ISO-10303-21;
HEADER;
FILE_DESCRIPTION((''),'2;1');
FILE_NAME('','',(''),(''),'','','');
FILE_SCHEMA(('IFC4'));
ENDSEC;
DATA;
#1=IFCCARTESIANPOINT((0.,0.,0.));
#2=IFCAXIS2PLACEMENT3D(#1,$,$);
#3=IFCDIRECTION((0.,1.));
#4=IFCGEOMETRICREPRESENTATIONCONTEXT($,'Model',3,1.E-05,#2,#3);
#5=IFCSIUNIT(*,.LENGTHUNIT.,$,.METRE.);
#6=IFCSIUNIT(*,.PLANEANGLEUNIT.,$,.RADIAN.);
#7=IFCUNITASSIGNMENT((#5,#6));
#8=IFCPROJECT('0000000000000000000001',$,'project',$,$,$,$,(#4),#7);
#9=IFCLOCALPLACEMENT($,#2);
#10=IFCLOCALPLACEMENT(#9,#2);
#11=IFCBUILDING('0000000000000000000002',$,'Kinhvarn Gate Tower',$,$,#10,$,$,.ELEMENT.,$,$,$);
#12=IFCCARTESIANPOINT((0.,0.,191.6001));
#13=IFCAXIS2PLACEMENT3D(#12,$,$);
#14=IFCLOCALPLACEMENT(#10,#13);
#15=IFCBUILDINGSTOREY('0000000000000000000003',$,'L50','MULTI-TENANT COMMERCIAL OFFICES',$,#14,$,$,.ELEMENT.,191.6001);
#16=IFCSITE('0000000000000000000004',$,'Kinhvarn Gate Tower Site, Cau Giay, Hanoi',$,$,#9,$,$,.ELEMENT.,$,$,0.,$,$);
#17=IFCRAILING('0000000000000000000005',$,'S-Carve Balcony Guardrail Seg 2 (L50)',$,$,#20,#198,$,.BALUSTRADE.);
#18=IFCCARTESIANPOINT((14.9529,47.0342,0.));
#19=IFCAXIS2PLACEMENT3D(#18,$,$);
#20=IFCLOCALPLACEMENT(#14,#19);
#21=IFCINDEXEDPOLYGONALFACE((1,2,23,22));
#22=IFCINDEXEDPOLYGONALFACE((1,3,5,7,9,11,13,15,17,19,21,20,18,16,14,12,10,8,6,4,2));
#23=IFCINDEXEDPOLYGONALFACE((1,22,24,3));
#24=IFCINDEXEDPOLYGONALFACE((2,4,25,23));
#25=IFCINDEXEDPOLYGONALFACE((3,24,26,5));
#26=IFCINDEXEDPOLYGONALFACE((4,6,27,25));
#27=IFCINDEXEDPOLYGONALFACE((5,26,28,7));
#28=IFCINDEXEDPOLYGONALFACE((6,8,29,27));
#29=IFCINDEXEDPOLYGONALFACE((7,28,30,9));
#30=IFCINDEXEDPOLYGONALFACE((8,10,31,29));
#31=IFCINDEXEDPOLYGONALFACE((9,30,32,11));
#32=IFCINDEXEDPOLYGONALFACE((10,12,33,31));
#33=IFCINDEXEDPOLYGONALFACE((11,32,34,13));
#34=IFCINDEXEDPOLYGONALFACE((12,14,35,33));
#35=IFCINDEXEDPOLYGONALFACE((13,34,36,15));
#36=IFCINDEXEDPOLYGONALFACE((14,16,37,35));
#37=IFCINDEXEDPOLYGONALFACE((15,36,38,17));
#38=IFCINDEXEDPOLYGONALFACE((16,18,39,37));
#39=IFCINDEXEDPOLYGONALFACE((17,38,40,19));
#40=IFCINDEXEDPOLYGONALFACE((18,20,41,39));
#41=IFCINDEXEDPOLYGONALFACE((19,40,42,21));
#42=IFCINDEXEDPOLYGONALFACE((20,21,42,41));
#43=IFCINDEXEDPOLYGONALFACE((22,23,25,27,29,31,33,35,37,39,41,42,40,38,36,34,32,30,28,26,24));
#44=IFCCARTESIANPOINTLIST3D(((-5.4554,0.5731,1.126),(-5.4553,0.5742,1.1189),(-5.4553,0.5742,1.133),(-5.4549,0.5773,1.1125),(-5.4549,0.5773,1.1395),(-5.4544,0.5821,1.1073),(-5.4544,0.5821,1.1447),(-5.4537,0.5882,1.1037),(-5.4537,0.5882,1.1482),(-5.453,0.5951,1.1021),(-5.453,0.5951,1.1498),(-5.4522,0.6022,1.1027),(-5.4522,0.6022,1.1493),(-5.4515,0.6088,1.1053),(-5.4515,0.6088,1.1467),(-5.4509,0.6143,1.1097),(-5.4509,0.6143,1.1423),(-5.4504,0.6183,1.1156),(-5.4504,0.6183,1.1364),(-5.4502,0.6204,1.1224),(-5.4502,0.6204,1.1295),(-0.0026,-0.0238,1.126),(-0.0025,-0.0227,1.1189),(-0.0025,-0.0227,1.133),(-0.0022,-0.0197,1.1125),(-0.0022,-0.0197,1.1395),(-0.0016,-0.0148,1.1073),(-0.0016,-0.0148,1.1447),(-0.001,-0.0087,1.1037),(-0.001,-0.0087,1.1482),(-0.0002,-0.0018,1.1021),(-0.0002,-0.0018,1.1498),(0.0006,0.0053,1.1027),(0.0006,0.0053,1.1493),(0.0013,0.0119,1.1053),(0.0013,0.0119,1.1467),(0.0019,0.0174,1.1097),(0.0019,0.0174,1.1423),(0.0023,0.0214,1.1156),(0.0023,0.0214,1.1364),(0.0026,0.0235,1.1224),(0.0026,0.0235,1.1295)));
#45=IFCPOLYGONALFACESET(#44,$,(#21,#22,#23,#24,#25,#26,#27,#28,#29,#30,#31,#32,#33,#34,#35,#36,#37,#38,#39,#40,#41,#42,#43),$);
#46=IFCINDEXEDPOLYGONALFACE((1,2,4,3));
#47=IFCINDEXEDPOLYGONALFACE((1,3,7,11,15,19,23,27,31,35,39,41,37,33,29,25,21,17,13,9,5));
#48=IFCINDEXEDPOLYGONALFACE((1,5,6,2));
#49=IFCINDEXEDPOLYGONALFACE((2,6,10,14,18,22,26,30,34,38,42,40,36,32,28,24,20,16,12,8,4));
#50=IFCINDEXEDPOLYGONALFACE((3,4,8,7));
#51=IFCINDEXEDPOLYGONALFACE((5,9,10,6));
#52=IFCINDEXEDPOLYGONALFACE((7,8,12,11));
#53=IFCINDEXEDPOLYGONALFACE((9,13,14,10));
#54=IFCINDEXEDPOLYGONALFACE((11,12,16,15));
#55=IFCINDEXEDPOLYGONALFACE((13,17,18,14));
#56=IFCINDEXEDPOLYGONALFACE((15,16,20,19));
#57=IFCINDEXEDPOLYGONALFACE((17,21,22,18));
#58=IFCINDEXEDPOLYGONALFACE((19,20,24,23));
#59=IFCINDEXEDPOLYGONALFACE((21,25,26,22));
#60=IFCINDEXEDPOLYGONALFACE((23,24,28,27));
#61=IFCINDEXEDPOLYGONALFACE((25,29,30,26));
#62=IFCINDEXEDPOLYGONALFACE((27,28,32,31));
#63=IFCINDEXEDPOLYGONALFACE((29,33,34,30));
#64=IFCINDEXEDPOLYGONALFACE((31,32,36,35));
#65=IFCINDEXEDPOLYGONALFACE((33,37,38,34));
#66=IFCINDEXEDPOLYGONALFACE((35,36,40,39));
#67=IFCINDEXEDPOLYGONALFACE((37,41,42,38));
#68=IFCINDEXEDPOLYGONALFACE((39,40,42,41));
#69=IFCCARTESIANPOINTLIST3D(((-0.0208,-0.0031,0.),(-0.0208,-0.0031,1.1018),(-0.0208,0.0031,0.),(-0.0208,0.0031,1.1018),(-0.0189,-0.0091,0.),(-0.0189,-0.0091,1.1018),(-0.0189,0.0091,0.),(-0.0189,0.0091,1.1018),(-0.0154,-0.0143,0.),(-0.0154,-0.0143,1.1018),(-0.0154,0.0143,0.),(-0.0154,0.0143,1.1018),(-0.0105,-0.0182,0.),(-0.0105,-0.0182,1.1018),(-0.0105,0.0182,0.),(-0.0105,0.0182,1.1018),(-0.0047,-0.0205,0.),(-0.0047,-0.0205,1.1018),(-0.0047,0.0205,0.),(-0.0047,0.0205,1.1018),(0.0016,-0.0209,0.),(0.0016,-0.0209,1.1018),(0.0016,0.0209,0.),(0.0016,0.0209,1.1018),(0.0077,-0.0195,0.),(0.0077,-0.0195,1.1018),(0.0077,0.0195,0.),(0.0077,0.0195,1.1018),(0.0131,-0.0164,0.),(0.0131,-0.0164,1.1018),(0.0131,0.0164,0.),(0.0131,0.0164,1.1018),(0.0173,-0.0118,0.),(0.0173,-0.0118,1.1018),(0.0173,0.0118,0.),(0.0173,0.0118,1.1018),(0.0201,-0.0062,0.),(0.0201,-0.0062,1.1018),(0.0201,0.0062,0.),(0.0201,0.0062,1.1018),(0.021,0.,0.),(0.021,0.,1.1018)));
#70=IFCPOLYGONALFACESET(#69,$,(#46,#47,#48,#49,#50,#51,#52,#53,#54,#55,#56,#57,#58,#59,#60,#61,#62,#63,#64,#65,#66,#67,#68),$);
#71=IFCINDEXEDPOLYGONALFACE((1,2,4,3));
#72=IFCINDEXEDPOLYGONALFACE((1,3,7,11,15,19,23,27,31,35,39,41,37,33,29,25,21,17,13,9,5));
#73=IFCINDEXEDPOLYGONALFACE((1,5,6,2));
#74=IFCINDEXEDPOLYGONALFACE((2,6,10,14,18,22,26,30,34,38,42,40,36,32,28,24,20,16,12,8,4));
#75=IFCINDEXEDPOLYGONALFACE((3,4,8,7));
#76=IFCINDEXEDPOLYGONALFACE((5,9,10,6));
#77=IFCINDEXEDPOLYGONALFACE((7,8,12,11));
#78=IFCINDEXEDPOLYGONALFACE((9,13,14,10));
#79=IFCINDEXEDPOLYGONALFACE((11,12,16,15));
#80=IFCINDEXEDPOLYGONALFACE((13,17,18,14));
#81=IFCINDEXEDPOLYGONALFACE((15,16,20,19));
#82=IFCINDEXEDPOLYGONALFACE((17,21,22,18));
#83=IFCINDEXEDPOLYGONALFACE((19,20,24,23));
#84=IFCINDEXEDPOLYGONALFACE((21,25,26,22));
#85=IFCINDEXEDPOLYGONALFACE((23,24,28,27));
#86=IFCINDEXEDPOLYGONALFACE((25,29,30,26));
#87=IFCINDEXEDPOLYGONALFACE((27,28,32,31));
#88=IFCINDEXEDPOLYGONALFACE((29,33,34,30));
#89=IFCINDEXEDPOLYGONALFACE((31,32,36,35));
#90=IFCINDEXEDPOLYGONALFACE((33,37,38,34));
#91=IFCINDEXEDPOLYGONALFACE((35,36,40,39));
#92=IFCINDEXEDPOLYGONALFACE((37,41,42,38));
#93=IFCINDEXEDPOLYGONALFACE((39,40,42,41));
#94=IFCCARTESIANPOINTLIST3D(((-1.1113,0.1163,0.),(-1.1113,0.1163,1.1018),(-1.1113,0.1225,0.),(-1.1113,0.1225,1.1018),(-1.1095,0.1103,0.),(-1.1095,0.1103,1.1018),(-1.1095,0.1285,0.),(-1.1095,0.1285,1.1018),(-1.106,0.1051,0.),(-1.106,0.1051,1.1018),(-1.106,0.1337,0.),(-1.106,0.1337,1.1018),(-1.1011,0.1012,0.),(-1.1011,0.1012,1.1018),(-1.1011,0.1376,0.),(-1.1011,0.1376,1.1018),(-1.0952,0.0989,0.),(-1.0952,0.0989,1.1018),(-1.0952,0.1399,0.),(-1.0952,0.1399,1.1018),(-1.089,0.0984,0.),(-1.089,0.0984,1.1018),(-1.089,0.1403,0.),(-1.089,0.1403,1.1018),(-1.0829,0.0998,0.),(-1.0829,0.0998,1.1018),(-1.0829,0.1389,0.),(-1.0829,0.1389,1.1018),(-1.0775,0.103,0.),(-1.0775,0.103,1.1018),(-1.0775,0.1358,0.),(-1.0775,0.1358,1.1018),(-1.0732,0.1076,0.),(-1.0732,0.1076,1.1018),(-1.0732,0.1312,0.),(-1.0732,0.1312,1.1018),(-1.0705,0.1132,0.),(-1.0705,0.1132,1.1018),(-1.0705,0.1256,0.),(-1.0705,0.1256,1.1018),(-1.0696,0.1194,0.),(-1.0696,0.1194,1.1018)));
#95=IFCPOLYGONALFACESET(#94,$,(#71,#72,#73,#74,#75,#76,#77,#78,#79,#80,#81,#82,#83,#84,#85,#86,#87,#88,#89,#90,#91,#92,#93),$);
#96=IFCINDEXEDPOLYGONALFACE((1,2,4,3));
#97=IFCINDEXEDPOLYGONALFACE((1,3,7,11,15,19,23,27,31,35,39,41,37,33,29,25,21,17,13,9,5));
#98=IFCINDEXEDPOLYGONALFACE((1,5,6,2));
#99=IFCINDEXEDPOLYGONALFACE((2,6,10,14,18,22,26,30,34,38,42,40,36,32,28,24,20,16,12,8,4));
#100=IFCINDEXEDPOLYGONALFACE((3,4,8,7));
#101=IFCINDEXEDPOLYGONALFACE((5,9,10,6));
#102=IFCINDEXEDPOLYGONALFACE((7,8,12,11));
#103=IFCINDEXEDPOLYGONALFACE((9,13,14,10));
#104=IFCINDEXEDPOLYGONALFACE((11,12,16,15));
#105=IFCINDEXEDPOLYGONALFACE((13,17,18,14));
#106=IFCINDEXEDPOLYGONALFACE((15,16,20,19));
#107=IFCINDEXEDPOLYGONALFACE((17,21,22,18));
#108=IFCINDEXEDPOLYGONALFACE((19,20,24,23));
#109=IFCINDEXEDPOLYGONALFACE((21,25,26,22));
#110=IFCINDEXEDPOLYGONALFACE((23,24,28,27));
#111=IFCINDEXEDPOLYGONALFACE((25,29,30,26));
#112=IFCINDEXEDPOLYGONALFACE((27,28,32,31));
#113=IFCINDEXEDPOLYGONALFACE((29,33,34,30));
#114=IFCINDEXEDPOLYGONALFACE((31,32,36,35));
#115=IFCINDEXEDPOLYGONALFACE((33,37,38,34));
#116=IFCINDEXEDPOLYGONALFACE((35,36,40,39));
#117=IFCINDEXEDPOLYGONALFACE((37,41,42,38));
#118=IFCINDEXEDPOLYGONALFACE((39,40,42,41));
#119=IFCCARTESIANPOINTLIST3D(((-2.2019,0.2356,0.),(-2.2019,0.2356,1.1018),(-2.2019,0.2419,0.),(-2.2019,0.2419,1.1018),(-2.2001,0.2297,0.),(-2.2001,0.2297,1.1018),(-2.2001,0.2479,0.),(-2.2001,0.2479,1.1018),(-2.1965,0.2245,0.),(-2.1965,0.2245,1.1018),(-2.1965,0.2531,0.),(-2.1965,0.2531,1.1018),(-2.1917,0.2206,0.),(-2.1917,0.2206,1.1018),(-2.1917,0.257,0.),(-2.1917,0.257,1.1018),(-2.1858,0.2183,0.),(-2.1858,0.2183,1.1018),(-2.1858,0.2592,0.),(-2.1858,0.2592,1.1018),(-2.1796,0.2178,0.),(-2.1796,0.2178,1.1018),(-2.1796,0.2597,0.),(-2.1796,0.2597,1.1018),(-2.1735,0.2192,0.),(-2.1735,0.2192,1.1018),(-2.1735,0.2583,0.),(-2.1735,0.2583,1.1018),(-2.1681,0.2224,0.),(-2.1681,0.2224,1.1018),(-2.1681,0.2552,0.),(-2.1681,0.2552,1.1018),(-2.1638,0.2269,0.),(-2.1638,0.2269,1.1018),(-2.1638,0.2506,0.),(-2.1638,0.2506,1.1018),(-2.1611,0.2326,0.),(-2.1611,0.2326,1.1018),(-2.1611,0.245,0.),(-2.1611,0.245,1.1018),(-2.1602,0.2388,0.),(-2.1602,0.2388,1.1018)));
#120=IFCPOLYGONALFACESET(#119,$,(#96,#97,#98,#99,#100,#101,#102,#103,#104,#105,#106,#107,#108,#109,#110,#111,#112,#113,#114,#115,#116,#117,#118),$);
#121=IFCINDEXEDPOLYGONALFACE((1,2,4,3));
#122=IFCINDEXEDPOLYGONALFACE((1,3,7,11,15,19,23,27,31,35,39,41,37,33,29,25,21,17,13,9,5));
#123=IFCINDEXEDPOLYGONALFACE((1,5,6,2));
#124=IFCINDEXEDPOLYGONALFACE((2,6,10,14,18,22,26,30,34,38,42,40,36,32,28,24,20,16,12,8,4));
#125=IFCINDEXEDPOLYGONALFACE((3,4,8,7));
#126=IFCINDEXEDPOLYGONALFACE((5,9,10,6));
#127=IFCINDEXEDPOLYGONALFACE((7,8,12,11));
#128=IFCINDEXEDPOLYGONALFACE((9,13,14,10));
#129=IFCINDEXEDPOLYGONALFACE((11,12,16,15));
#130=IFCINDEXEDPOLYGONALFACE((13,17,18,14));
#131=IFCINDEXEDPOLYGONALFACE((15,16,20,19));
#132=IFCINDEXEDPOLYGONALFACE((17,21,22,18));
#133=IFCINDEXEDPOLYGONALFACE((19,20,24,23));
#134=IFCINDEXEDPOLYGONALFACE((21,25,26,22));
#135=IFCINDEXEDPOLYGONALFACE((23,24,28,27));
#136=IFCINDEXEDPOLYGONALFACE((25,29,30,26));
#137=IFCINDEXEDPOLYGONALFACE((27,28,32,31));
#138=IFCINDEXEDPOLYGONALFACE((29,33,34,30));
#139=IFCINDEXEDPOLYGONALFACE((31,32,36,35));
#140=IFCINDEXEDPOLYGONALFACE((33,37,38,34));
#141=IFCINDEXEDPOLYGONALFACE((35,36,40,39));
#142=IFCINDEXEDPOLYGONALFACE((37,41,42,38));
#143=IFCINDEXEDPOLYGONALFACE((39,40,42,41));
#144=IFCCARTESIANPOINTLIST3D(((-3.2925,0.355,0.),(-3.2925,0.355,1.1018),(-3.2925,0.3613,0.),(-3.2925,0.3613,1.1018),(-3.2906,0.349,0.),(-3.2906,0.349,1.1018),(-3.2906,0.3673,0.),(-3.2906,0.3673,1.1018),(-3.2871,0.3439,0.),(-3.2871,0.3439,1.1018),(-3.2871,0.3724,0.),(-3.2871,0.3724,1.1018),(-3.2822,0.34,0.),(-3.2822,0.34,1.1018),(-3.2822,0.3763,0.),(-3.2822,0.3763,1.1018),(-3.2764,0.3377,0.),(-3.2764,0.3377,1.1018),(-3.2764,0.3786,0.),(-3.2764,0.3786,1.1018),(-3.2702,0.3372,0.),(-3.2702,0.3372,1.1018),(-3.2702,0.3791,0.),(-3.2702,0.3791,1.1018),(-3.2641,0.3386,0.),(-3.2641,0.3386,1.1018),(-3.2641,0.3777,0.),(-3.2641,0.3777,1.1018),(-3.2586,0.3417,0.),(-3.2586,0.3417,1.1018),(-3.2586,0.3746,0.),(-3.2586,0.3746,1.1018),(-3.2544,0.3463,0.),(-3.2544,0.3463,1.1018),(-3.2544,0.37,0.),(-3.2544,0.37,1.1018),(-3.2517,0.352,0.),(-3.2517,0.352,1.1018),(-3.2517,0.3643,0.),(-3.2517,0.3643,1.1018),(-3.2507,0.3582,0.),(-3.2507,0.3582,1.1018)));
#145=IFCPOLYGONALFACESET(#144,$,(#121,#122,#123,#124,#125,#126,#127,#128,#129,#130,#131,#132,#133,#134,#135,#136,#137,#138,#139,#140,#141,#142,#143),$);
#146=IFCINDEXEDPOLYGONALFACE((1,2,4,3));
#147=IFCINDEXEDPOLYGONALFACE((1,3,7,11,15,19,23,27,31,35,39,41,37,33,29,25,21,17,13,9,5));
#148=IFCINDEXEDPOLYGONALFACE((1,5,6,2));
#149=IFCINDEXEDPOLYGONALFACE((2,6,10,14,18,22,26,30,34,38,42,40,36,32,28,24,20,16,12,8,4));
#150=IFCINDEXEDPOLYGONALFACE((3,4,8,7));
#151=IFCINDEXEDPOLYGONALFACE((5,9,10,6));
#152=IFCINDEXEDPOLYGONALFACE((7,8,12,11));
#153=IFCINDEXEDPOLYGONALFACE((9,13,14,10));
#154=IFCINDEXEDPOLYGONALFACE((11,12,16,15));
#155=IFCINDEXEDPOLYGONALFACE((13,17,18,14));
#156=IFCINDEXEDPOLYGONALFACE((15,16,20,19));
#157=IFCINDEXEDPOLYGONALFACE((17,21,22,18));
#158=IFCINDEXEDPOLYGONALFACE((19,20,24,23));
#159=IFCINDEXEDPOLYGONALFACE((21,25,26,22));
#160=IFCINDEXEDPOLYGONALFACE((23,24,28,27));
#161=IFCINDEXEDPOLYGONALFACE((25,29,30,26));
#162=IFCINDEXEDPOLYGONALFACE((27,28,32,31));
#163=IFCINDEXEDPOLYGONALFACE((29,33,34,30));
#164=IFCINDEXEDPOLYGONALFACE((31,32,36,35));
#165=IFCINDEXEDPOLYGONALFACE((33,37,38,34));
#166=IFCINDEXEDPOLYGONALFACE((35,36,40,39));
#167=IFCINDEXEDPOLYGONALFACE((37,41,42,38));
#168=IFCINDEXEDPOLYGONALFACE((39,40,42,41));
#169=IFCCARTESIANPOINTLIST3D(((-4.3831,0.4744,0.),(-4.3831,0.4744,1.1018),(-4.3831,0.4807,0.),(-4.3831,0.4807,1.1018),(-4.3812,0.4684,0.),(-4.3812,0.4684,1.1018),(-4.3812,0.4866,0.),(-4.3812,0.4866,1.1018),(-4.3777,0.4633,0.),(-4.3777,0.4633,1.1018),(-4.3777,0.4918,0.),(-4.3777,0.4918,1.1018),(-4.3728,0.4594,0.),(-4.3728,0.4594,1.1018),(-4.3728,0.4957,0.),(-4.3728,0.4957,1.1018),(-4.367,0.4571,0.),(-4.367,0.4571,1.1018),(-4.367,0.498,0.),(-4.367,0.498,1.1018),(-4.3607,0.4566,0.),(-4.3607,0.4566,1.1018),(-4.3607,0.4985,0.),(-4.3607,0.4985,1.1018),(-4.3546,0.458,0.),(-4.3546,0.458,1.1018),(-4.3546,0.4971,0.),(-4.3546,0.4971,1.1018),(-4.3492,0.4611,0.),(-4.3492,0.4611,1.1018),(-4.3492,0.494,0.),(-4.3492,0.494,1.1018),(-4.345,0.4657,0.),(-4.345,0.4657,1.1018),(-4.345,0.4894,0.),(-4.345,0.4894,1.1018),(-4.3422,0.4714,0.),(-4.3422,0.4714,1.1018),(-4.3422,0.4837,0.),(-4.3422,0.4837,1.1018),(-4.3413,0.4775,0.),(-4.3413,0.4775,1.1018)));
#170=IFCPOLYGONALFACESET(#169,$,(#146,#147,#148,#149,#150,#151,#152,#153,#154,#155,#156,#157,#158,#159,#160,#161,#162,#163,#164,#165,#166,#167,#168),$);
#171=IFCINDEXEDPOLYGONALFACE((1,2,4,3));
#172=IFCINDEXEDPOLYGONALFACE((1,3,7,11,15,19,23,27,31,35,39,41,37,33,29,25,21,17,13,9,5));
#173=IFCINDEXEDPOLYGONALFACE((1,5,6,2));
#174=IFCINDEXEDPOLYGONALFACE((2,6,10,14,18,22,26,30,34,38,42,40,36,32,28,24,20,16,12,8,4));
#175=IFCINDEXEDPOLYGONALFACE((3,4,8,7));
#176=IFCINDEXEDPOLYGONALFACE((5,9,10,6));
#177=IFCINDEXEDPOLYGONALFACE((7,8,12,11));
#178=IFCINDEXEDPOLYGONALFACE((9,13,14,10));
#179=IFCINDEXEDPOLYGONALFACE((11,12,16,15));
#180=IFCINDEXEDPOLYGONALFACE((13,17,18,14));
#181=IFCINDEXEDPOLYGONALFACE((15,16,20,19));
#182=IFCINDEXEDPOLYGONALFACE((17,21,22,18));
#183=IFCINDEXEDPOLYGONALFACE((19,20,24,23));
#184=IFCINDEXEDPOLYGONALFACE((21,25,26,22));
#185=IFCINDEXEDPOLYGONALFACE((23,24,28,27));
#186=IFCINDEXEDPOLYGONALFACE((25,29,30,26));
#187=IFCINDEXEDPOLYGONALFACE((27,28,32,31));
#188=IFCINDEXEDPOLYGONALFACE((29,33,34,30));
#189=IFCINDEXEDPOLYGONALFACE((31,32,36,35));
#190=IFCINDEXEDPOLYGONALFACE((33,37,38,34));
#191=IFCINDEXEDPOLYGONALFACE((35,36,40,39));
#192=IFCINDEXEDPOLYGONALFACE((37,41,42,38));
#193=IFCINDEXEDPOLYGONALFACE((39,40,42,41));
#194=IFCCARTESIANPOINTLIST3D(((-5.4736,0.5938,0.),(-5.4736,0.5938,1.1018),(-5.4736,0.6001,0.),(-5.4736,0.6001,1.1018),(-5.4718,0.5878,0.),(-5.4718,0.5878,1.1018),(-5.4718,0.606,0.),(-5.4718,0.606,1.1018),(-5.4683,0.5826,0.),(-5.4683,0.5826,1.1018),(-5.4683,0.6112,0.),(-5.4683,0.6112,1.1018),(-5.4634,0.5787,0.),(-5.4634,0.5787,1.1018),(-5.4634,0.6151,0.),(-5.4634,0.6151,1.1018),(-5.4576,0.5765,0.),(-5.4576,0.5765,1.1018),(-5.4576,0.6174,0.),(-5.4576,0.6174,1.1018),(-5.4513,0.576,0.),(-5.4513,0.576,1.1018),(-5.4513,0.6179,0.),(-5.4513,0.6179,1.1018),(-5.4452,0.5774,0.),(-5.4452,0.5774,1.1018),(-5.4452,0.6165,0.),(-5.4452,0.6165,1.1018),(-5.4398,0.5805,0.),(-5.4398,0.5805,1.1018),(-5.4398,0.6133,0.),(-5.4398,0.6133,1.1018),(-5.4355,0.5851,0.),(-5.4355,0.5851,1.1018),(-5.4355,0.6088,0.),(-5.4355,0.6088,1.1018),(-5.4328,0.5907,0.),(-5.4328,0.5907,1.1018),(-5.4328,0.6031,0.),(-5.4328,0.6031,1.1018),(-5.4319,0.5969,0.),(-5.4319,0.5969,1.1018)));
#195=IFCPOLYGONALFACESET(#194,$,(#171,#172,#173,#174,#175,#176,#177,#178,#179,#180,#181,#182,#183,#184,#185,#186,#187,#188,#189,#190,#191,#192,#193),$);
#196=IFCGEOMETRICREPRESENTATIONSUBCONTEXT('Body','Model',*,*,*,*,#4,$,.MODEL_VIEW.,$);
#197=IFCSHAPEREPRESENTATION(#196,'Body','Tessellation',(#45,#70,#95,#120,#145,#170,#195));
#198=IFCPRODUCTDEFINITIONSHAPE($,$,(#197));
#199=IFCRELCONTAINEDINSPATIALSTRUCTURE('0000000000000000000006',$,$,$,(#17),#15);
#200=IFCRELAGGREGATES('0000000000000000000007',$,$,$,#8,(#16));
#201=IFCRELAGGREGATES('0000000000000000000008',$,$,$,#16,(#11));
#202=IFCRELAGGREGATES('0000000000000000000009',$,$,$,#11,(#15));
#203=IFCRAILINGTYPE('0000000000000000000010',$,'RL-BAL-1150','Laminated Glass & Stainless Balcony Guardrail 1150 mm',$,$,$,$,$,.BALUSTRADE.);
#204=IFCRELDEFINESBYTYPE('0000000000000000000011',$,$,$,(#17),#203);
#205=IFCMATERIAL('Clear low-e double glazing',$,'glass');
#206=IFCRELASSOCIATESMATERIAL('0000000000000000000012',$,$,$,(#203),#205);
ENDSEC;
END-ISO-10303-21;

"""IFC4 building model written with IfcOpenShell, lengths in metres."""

from ifc_helpers import new_model, si_unit, direction, frame, origin, origin_2d, place, context, subcontext, project, spatial, circle, extrude, material, type_object, element, save


model = new_model("IFC4")

# Units and contexts
model_context = context("Model", 3, precision=1e-05, world=origin(), true_north=direction((0.0, 1.0)))
body_context = subcontext(model_context, "Body", "Model", "MODEL_VIEW")
ifc_project = project(units=[si_unit("LENGTHUNIT", "METRE"), si_unit("PLANEANGLEUNIT", "RADIAN")], contexts=[model_context])

# Site, building, storey
site_placement = place(None, origin())
site = spatial("IfcSite", under=ifc_project, at=site_placement, Name="Kinhvarn Gate Tower Site, Cau Giay, Hanoi", CompositionType="ELEMENT", RefElevation=0.0)
building_placement = place(site_placement, origin())
building = spatial("IfcBuilding", under=site, at=building_placement, Name="Kinhvarn Gate Tower", CompositionType="ELEMENT")
storey_placement = place(building_placement, frame((0.0, 0.0, 191.6001)))
storey = spatial("IfcBuildingStorey", under=building, at=storey_placement, Name="L50", Description="MULTI-TENANT COMMERCIAL OFFICES", CompositionType="ELEMENT", Elevation=191.6001)

# Shared definitions
ifc_material_1 = material(Name="Clear low-e double glazing", Category="glass")

# Railing
railing_type_1 = type_object("IfcRailingType", Name="RL-BAL-1150", Description="Laminated Glass & Stainless Balcony Guardrail 1150 mm", PredefinedType="BALUSTRADE", material=ifc_material_1)
railing_1_placement = place(storey_placement, frame((14.9529, 47.0342, 0.0)))
element("IfcRailing", 1, at=railing_1_placement, inside=storey, type_object=railing_type_1, Name="S-Carve Balcony Guardrail Seg 2 (L50)", PredefinedType="BALUSTRADE", context=body_context, shape_type="SweptSolid", body=[
    extrude(circle(Radius=0.0239, at=origin_2d()), frame((0.0, 0.0, 1.126), z_axis=(-0.994062, 0.108819, 0.0), x_axis=(-0.108819, -0.994062, 0.0)), (0.0, 0.0, 1.0), 5.4854),
    extrude(circle(Radius=0.021, at=origin_2d()), origin(), (0.0, 0.0, 1.0), 1.1018),
    extrude(circle(Radius=0.021, at=origin_2d()), frame((-1.0906, 0.1194, 0.0)), (0.0, 0.0, 1.0), 1.1018),
    extrude(circle(Radius=0.021, at=origin_2d()), frame((-2.1812, 0.2388, 0.0)), (0.0, 0.0, 1.0), 1.1018),
    extrude(circle(Radius=0.021, at=origin_2d()), frame((-3.2717, 0.3582, 0.0)), (0.0, 0.0, 1.0), 1.1018),
    extrude(circle(Radius=0.021, at=origin_2d()), frame((-4.3623, 0.4775, 0.0)), (0.0, 0.0, 1.0), 1.1018),
    extrude(circle(Radius=0.021, at=origin_2d()), frame((-5.4529, 0.5969, 0.0)), (0.0, 0.0, 1.0), 1.1018),
])

save(model, "model.ifc")
